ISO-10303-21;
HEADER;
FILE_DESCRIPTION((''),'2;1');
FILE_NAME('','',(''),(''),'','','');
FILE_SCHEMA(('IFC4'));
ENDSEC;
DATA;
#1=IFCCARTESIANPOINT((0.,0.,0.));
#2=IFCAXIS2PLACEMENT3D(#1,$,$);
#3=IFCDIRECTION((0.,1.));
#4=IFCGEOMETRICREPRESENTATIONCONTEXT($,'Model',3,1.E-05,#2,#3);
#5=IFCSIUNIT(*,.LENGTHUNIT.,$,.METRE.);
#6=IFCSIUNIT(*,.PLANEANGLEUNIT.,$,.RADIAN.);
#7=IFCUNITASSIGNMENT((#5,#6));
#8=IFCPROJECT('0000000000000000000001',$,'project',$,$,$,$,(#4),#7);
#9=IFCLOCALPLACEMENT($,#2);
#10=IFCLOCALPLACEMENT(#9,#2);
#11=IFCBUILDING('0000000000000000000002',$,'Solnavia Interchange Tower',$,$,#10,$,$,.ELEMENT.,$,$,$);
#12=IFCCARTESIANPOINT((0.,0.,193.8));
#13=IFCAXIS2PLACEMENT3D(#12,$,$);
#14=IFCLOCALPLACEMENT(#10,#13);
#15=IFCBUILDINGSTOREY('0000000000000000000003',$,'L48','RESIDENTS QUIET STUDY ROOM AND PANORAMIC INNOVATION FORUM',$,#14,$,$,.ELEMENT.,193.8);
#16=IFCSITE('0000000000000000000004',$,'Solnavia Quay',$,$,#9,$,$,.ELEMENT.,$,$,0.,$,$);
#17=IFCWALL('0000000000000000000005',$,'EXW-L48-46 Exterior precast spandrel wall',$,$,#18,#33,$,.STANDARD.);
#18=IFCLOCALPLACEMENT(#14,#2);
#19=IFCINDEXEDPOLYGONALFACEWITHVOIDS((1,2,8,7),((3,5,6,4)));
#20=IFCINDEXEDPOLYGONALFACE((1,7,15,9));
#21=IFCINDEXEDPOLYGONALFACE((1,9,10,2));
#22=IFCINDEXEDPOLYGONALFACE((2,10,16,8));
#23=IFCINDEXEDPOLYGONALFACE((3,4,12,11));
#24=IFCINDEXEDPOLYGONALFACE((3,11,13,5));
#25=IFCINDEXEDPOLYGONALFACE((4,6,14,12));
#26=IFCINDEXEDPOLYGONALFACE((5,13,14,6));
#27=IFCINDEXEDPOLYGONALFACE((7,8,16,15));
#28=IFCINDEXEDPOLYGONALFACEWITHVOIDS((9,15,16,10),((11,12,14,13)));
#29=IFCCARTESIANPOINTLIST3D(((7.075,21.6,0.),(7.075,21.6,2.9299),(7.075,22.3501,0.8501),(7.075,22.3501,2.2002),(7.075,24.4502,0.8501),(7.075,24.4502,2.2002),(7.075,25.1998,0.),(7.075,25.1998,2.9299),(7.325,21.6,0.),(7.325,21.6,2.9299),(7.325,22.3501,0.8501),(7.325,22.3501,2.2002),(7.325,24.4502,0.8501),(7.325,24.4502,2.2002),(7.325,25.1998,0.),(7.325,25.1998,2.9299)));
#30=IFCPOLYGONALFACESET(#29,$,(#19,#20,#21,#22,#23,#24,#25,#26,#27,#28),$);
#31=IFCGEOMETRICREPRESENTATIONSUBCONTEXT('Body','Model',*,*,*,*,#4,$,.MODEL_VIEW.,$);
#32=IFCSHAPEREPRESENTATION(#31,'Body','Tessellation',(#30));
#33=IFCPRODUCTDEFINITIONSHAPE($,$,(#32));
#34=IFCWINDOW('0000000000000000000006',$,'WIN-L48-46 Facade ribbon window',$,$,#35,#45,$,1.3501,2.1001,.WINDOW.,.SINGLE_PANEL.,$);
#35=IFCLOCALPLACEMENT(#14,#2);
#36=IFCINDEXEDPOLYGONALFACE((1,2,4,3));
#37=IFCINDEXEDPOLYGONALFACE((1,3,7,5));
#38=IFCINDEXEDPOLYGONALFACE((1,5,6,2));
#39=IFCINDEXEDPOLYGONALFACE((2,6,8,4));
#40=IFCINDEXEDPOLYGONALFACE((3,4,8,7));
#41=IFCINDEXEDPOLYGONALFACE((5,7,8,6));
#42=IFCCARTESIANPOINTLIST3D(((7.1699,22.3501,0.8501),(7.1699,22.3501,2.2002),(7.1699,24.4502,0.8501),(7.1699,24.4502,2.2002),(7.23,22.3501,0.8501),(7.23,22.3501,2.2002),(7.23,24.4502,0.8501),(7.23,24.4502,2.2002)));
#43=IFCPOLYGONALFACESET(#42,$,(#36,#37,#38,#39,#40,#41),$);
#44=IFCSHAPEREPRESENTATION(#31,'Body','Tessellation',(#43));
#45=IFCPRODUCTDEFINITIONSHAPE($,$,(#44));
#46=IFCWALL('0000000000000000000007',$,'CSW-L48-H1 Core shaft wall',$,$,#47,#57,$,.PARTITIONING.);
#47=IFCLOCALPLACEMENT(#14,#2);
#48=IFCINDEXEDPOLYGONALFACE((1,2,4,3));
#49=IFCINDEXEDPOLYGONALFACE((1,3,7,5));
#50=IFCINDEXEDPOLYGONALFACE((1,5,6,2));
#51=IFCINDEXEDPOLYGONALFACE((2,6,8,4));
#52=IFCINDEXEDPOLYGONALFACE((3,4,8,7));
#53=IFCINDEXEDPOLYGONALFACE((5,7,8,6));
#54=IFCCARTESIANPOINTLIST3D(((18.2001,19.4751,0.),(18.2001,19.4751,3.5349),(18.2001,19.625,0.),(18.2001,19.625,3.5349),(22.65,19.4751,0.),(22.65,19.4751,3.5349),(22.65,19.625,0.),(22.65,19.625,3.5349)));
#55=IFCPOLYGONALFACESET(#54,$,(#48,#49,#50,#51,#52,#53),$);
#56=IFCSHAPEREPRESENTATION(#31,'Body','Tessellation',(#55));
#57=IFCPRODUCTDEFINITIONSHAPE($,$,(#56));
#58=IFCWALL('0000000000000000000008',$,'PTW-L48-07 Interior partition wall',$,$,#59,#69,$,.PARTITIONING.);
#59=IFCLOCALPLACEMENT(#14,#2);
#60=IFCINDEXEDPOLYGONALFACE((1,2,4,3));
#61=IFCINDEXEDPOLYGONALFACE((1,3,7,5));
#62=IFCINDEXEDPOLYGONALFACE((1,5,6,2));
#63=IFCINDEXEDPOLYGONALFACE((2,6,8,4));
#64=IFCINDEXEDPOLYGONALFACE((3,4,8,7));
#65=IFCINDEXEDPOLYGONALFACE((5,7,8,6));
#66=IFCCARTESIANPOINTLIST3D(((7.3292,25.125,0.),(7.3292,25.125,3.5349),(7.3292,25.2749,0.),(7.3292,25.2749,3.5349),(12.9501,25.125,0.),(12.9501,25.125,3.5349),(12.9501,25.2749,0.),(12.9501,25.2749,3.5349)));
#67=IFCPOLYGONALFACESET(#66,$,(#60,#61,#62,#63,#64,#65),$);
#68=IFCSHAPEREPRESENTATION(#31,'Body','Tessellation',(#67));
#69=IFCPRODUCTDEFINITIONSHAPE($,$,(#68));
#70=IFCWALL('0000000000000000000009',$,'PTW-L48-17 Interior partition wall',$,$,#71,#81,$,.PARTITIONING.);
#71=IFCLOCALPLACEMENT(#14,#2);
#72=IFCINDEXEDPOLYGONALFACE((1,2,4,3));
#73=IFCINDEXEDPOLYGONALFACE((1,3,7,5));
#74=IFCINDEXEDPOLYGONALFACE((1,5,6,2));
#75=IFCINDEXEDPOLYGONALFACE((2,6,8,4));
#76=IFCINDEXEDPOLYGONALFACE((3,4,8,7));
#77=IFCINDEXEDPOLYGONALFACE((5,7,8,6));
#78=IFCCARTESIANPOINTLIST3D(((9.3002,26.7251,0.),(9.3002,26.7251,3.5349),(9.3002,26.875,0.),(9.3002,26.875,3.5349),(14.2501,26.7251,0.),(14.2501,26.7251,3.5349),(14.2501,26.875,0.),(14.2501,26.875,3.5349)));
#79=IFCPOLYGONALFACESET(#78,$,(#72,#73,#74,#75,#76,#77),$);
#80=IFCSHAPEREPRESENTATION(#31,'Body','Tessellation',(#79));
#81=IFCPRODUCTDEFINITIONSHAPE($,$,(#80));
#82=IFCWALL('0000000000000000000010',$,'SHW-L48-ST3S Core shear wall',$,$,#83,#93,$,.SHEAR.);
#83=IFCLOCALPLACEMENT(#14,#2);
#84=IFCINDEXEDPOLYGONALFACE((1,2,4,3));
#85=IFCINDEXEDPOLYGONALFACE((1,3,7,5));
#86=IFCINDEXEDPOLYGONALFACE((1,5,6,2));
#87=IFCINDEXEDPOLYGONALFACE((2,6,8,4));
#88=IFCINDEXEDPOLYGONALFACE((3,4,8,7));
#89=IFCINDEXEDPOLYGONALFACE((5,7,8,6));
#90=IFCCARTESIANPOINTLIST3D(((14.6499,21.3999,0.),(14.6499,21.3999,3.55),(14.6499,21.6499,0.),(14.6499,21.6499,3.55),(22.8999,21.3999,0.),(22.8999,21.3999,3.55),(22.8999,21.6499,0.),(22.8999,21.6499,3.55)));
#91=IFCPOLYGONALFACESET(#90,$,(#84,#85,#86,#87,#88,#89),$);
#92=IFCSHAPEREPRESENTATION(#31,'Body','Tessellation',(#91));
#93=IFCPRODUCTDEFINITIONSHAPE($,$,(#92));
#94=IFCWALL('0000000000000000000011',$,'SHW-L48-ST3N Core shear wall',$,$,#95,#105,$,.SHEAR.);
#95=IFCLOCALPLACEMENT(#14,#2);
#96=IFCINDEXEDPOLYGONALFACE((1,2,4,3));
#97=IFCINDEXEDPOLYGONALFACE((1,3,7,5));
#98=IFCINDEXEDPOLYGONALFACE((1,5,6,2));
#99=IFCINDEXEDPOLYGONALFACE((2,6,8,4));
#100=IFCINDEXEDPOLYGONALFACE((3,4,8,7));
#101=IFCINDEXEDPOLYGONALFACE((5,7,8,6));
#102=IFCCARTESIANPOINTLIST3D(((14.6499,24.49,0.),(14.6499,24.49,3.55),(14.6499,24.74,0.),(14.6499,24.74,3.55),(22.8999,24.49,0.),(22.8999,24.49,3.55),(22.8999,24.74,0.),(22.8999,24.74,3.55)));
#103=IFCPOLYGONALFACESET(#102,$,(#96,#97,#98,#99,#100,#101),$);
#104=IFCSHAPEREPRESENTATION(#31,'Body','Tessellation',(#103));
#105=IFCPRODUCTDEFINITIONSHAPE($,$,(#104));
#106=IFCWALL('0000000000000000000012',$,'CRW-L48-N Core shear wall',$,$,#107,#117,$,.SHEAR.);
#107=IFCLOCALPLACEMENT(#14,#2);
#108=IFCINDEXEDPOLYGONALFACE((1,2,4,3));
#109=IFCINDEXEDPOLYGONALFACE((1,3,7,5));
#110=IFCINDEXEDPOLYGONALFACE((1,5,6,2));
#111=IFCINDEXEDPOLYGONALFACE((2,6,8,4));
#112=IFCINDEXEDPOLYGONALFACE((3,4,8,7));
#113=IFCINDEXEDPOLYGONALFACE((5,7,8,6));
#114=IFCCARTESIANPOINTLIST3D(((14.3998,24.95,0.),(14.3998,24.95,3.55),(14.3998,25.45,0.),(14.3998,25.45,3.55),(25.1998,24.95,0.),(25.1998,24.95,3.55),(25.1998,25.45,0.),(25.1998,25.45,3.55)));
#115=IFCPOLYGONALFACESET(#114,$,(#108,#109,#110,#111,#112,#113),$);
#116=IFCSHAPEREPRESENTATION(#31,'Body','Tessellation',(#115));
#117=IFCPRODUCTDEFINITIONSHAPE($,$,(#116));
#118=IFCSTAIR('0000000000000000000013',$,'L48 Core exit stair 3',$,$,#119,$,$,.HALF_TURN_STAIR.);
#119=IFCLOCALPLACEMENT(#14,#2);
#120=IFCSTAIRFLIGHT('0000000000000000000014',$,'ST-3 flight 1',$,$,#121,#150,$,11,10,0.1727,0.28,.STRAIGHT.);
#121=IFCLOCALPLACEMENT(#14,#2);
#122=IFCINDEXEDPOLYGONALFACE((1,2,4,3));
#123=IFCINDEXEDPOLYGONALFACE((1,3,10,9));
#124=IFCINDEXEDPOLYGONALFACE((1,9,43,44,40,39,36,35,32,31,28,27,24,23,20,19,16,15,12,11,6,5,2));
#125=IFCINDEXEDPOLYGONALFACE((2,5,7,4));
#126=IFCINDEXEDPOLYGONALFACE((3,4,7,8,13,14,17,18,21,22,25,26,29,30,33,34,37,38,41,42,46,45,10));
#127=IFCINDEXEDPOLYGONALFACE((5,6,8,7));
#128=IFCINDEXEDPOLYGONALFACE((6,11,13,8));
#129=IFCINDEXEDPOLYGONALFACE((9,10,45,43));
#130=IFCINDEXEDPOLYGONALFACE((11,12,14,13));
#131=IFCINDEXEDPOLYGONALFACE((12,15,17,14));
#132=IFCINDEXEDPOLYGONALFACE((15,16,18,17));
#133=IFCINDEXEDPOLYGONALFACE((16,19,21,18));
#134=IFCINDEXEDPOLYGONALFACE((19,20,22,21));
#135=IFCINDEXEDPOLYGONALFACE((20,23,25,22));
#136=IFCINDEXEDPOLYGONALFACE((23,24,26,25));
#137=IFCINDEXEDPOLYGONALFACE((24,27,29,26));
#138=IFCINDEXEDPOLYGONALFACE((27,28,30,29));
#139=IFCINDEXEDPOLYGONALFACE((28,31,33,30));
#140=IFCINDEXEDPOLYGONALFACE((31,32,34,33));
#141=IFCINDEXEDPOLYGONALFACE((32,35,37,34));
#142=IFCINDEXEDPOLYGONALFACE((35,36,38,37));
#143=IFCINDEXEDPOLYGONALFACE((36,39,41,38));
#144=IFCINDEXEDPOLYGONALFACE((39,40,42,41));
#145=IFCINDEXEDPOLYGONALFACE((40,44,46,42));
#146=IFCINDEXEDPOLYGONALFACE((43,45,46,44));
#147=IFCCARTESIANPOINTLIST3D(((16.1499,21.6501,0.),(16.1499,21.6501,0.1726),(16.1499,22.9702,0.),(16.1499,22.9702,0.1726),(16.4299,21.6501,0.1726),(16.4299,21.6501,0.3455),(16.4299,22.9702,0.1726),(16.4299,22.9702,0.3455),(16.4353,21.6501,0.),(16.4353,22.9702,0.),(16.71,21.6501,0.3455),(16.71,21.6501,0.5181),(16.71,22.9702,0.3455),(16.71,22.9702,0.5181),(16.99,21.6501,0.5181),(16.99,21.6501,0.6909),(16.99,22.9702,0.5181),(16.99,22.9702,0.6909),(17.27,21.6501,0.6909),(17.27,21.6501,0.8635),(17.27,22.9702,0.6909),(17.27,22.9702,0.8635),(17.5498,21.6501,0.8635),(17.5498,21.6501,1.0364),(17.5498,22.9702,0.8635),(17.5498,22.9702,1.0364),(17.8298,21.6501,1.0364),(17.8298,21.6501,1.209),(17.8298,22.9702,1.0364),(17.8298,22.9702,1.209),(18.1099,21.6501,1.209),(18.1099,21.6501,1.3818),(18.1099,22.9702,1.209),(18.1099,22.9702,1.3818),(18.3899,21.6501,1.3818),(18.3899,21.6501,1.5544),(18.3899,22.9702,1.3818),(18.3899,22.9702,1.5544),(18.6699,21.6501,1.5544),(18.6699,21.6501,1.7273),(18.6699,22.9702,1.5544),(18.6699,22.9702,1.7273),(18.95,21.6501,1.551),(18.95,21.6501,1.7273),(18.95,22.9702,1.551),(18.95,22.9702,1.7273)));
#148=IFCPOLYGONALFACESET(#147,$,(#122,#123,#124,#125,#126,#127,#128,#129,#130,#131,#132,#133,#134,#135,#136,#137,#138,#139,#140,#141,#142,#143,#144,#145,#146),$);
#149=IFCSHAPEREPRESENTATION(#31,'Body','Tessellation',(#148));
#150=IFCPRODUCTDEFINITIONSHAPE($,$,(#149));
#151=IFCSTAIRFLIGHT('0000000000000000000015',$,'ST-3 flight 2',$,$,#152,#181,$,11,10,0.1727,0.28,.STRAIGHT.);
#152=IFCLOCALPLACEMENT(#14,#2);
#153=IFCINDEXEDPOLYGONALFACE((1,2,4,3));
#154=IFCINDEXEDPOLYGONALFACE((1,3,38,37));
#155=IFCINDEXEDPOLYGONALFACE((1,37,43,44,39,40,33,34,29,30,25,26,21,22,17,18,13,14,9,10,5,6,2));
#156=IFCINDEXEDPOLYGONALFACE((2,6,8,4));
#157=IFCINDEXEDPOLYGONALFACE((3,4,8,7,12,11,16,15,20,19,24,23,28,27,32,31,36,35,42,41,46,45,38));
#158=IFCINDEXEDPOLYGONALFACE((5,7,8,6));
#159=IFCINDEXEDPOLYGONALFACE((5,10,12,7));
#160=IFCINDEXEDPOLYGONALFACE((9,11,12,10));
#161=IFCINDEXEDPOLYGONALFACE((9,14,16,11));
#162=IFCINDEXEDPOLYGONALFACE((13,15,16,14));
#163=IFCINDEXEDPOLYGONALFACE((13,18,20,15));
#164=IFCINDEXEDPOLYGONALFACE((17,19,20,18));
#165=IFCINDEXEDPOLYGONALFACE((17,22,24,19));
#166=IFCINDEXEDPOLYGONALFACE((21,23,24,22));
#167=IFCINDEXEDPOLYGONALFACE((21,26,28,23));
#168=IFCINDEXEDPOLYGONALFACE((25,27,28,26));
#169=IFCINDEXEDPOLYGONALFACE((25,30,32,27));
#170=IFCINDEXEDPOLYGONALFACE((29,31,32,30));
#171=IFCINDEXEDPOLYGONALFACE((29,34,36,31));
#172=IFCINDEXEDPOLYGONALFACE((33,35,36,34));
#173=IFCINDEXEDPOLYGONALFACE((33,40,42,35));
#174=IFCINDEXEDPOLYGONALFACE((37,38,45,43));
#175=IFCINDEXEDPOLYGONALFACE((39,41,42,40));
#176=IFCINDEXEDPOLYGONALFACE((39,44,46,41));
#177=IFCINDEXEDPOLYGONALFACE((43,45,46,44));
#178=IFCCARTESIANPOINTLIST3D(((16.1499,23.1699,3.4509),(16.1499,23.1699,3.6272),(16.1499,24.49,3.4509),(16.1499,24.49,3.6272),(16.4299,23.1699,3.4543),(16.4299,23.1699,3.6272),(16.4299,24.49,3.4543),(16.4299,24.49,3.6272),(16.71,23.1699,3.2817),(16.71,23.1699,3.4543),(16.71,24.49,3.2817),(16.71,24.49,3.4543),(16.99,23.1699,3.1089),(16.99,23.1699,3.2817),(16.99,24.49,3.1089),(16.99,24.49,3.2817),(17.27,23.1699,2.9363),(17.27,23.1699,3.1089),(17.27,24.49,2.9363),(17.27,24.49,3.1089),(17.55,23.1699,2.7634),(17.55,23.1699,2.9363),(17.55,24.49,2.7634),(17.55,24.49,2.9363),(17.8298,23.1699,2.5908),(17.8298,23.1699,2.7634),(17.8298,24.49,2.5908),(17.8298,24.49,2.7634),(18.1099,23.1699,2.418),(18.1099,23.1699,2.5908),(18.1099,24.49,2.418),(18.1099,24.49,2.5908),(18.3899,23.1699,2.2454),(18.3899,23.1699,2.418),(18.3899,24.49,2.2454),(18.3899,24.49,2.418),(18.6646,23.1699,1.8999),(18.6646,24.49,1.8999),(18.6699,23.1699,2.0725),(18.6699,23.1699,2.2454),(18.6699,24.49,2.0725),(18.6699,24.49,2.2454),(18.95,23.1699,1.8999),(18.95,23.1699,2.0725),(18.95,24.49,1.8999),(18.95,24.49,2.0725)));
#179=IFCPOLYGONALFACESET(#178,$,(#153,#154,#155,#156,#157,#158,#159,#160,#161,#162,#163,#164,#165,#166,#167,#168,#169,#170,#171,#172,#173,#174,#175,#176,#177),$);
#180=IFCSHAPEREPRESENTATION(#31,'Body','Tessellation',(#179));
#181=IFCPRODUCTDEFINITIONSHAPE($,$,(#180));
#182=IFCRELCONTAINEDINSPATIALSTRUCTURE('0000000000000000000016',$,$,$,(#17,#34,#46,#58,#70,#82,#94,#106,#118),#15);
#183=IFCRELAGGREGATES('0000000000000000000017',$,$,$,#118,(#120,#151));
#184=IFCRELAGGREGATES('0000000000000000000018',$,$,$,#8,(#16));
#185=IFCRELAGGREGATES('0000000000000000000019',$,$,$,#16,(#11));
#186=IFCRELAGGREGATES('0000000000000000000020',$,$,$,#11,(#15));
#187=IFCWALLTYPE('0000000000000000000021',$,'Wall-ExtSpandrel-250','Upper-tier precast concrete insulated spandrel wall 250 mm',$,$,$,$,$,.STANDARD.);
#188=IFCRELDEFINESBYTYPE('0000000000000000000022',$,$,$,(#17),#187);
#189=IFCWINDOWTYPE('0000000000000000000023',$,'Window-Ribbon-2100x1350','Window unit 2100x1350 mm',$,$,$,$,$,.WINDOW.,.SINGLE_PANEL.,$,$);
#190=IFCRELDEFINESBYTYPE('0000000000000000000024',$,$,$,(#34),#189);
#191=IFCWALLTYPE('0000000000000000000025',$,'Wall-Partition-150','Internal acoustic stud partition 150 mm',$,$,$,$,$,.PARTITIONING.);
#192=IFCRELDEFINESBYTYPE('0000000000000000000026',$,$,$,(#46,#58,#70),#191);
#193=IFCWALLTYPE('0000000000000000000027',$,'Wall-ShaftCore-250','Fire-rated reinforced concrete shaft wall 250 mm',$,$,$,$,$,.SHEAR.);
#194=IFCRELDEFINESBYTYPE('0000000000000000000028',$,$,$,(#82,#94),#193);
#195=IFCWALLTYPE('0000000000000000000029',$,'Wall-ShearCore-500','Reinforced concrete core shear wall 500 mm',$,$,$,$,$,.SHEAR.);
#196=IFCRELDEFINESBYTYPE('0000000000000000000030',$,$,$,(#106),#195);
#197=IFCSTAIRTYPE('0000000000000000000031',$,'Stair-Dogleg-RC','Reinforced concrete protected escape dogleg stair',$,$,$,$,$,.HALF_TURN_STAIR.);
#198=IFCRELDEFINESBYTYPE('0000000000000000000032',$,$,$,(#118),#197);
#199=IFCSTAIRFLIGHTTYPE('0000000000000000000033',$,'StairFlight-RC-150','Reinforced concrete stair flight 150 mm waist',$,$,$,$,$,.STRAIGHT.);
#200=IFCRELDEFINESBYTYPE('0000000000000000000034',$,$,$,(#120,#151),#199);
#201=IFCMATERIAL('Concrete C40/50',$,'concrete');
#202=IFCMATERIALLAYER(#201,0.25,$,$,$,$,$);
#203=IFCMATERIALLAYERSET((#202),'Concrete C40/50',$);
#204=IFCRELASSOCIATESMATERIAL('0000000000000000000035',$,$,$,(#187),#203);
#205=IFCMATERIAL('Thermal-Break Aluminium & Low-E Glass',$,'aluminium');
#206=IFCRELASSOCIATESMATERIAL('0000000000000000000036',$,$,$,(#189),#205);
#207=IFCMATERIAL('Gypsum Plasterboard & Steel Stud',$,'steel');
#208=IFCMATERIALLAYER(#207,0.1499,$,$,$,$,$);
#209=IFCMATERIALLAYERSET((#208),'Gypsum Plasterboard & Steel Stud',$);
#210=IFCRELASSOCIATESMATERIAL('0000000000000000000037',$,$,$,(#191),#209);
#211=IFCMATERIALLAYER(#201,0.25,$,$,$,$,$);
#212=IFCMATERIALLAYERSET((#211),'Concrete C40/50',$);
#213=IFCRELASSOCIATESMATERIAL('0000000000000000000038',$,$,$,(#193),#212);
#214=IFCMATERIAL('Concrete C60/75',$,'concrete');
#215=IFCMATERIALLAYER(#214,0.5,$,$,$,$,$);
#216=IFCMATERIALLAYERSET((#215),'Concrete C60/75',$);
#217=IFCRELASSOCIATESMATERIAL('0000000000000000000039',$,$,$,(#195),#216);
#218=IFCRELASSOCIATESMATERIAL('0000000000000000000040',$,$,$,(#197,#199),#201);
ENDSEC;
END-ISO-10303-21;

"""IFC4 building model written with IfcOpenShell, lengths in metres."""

from ifc_helpers import new_model, si_unit, direction, frame, frame_2d, origin, place, context, subcontext, project, spatial, polyline, rectangle, outline, extrude, material, layer, layer_set, type_object, element, fill, aggregate, save


model = new_model("IFC4")

# Units and contexts
model_context = context("Model", 3, precision=1e-05, world=origin(), true_north=direction((0.0, 1.0)))
body_context = subcontext(model_context, "Body", "Model", "MODEL_VIEW")
ifc_project = project(units=[si_unit("LENGTHUNIT", "METRE"), si_unit("PLANEANGLEUNIT", "RADIAN")], contexts=[model_context])

# Site, building, storey
site_placement = place(None, origin())
site = spatial("IfcSite", under=ifc_project, at=site_placement, Name="Solnavia Quay", CompositionType="ELEMENT", RefElevation=0.0)
building_placement = place(site_placement, origin())
building = spatial("IfcBuilding", under=site, at=building_placement, Name="Solnavia Interchange Tower", CompositionType="ELEMENT")
storey_placement = place(building_placement, frame((0.0, 0.0, 193.8)))
storey = spatial("IfcBuildingStorey", under=building, at=storey_placement, Name="L48", Description="RESIDENTS QUIET STUDY ROOM AND PANORAMIC INNOVATION FORUM", CompositionType="ELEMENT", Elevation=193.8)

# Shared definitions
ifc_material_1 = material(Name="Concrete C40/50", Category="concrete")
ifc_layer_1 = layer(ifc_material_1, 0.25)
ifc_layer_set_1 = layer_set([ifc_layer_1], Name="Concrete C40/50")
wall_type_1 = type_object("IfcWallType", Name="Wall-ExtSpandrel-250", Description="Upper-tier precast concrete insulated spandrel wall 250 mm", PredefinedType="STANDARD", material=ifc_layer_set_1)

# Wall, opening, window
wall_1_placement = place(storey_placement, frame((7.2, 21.6001, 0.0), z_axis=(0.0, 0.0, 1.0), x_axis=(0.0, 1.0, 0.0)))
wall_1 = element("IfcWall", 1, at=wall_1_placement, inside=storey, type_object=wall_type_1, Name="EXW-L48-46 Exterior precast spandrel wall", PredefinedType="STANDARD", context=body_context, shape_type="SweptSolid", body=[
    extrude(rectangle(XDim=3.5999, YDim=0.25, at=frame_2d((1.7998, 0.0))), origin(), (0.0, 0.0, 1.0), 2.9299),
])
opening_placement = place(wall_1_placement, frame((0.75, 0.0, 0.8501)))
opening = element("IfcOpeningElement", 2, at=opening_placement, cuts=wall_1, PredefinedType="OPENING", context=body_context, shape_type="SweptSolid", body=[
    extrude(rectangle(XDim=2.1001, YDim=1.3501, at=frame_2d((1.05, 0.675))), frame((0.0, 0.135, 0.0), z_axis=(0.0, -1.0, 0.0), x_axis=(1.0, 0.0, 0.0)), (0.0, 0.0, 1.0), 0.27),
])
ifc_material_2 = material(Name="Thermal-Break Aluminium & Low-E Glass", Category="aluminium")
window_type = type_object("IfcWindowType", Name="Window-Ribbon-2100x1350", Description="Window unit 2100x1350 mm", PartitioningType="SINGLE_PANEL", PredefinedType="WINDOW", material=ifc_material_2)
window_placement = place(opening_placement, origin())
window = element("IfcWindow", 3, at=window_placement, inside=storey, type_object=window_type, Name="WIN-L48-46 Facade ribbon window", OverallHeight=1.3501, OverallWidth=2.1001, PartitioningType="SINGLE_PANEL", PredefinedType="WINDOW", context=body_context, shape_type="SweptSolid", body=[
    extrude(rectangle(XDim=2.1001, YDim=1.3501, at=frame_2d((1.05, 0.675))), frame((0.0, 0.03, 0.0), z_axis=(0.0, -1.0, 0.0), x_axis=(1.0, 0.0, 0.0)), (0.0, 0.0, 1.0), 0.0601),
])
fill(opening, window)

# Walls
ifc_material_3 = material(Name="Gypsum Plasterboard & Steel Stud", Category="steel")
ifc_layer_2 = layer(ifc_material_3, 0.1499)
ifc_layer_set_2 = layer_set([ifc_layer_2], Name="Gypsum Plasterboard & Steel Stud")
wall_type_2 = type_object("IfcWallType", Name="Wall-Partition-150", Description="Internal acoustic stud partition 150 mm", PredefinedType="PARTITIONING", material=ifc_layer_set_2)
wall_2_placement = place(storey_placement, frame((18.2, 19.55, 0.0), z_axis=(0.0, 0.0, 1.0), x_axis=(1.0, 0.0, 0.0)))
element("IfcWall", 4, at=wall_2_placement, inside=storey, type_object=wall_type_2, Name="CSW-L48-H1 Core shaft wall", PredefinedType="PARTITIONING", context=body_context, shape_type="SweptSolid", body=[
    extrude(rectangle(XDim=4.45, YDim=0.1499, at=frame_2d((2.2251, 0.0))), origin(), (0.0, 0.0, 1.0), 3.5349),
])
wall_3_placement = place(storey_placement, frame((7.3291, 25.2, 0.0), z_axis=(0.0, 0.0, 1.0), x_axis=(1.0, 0.0, 0.0)))
element("IfcWall", 5, at=wall_3_placement, inside=storey, type_object=wall_type_2, Name="PTW-L48-07 Interior partition wall", PredefinedType="PARTITIONING", context=body_context, shape_type="SweptSolid", body=[
    extrude(rectangle(XDim=5.6208, YDim=0.1499, at=frame_2d((2.8105, 0.0))), origin(), (0.0, 0.0, 1.0), 3.5349),
])
wall_4_placement = place(storey_placement, frame((9.3, 26.8, 0.0), z_axis=(0.0, 0.0, 1.0), x_axis=(1.0, 0.0, 0.0)))
element("IfcWall", 6, at=wall_4_placement, inside=storey, type_object=wall_type_2, Name="PTW-L48-17 Interior partition wall", PredefinedType="PARTITIONING", context=body_context, shape_type="SweptSolid", body=[
    extrude(rectangle(XDim=4.95, YDim=0.1499, at=frame_2d((2.4751, 0.0))), origin(), (0.0, 0.0, 1.0), 3.5349),
])
ifc_layer_3 = layer(ifc_material_1, 0.25)
ifc_layer_set_3 = layer_set([ifc_layer_3], Name="Concrete C40/50")
wall_type_3 = type_object("IfcWallType", Name="Wall-ShaftCore-250", Description="Fire-rated reinforced concrete shaft wall 250 mm", PredefinedType="SHEAR", material=ifc_layer_set_3)
for number, where, z_axis, x_axis, name in (
    (7, (14.6499, 21.5249, 0.0), (0.0, 0.0, 1.0), (1.0, 0.0, 0.0), "SHW-L48-ST3S Core shear wall"),
    (8, (14.6499, 24.615, 0.0), (0.0, 0.0, 1.0), (1.0, 0.0, 0.0), "SHW-L48-ST3N Core shear wall"),
):
    element("IfcWall", number, at=place(storey_placement, frame(where, z_axis=z_axis, x_axis=x_axis)), inside=storey, type_object=wall_type_3, Name=name, PredefinedType="SHEAR", context=body_context, shape_type="SweptSolid", body=[
        extrude(rectangle(XDim=8.25, YDim=0.25, at=frame_2d((4.125, 0.0))), origin(), (0.0, 0.0, 1.0), 3.55),
    ])
ifc_material_4 = material(Name="Concrete C60/75", Category="concrete")
ifc_layer_4 = layer(ifc_material_4, 0.5)
ifc_layer_set_4 = layer_set([ifc_layer_4], Name="Concrete C60/75")
wall_type_4 = type_object("IfcWallType", Name="Wall-ShearCore-500", Description="Reinforced concrete core shear wall 500 mm", PredefinedType="SHEAR", material=ifc_layer_set_4)
wall_5_placement = place(storey_placement, frame((14.3999, 25.2, 0.0), z_axis=(0.0, 0.0, 1.0), x_axis=(1.0, 0.0, 0.0)))
element("IfcWall", 9, at=wall_5_placement, inside=storey, type_object=wall_type_4, Name="CRW-L48-N Core shear wall", PredefinedType="SHEAR", context=body_context, shape_type="SweptSolid", body=[
    extrude(rectangle(XDim=10.8, YDim=0.5, at=frame_2d((5.3999, 0.0))), origin(), (0.0, 0.0, 1.0), 3.55),
])

# Stair, stair flights
stair_type = type_object("IfcStairType", Name="Stair-Dogleg-RC", Description="Reinforced concrete protected escape dogleg stair", PredefinedType="HALF_TURN_STAIR", material=ifc_material_1)
stair_placement = place(storey_placement, origin())
stair = element("IfcStair", 10, at=stair_placement, inside=storey, type_object=stair_type, Name="L48 Core exit stair 3", PredefinedType="HALF_TURN_STAIR")
stair_flight_type = type_object("IfcStairFlightType", Name="StairFlight-RC-150", Description="Reinforced concrete stair flight 150 mm waist", PredefinedType="STRAIGHT", material=ifc_material_1)
stair_flight_1_placement = place(storey_placement, frame((16.1499, 22.3101, 0.0), z_axis=(0.0, 0.0, 1.0), x_axis=(1.0, 0.0, 0.0)))
stair_flight_1 = element("IfcStairFlight", 11, at=stair_flight_1_placement, type_object=stair_flight_type, Name="ST-3 flight 1", NumberOfRisers=11, NumberOfTreads=10, PredefinedType="STRAIGHT", RiserHeight=0.1727, TreadLength=0.28, context=body_context, shape_type="SweptSolid", body=[
    extrude(outline(polyline([(0.0, 0.0), (0.0, 0.1726), (0.28, 0.1726), (0.28, 0.3455), (0.5601, 0.3455), (0.5601, 0.5181), (0.8401, 0.5181), (0.8401, 0.6909), (1.1201, 0.6909), (1.1201, 0.8635), (1.3999, 0.8635), (1.3999, 1.0364), (1.6799, 1.0364), (1.6799, 1.209), (1.96, 1.209), (1.96, 1.3818), (2.24, 1.3818), (2.24, 1.5544), (2.52, 1.5544), (2.52, 1.7273), (2.8, 1.7273), (2.8, 1.8999), (2.8, 1.551), (0.2854, 0.0), (0.0, 0.0)])), frame((0.0, 0.6602, 0.0), z_axis=(0.0, -1.0, 0.0), x_axis=(1.0, 0.0, 0.0)), (0.0, 0.0, 1.0), 1.3201),
])
stair_flight_2_placement = place(storey_placement, frame((18.95, 23.8301, 1.8999), z_axis=(0.0, 0.0, 1.0), x_axis=(-1.0, 0.0, 0.0)))
stair_flight_2 = element("IfcStairFlight", 12, at=stair_flight_2_placement, type_object=stair_flight_type, Name="ST-3 flight 2", NumberOfRisers=11, NumberOfTreads=10, PredefinedType="STRAIGHT", RiserHeight=0.1727, TreadLength=0.28, context=body_context, shape_type="SweptSolid", body=[
    extrude(outline(polyline([(0.0, 0.0), (0.0, 0.1726), (0.28, 0.1726), (0.28, 0.3455), (0.5601, 0.3455), (0.5601, 0.5181), (0.8401, 0.5181), (0.8401, 0.6909), (1.1201, 0.6909), (1.1201, 0.8635), (1.3999, 0.8635), (1.3999, 1.0364), (1.6799, 1.0364), (1.6799, 1.209), (1.96, 1.209), (1.96, 1.3818), (2.24, 1.3818), (2.24, 1.5544), (2.52, 1.5544), (2.52, 1.7273), (2.8, 1.7273), (2.8, 1.8999), (2.8, 1.551), (0.2854, 0.0), (0.0, 0.0)])), frame((0.0, 0.6602, 0.0), z_axis=(0.0, -1.0, 0.0), x_axis=(1.0, 0.0, 0.0)), (0.0, 0.0, 1.0), 1.3201),
])
aggregate(stair, [stair_flight_1, stair_flight_2])

save(model, "model.ifc")
